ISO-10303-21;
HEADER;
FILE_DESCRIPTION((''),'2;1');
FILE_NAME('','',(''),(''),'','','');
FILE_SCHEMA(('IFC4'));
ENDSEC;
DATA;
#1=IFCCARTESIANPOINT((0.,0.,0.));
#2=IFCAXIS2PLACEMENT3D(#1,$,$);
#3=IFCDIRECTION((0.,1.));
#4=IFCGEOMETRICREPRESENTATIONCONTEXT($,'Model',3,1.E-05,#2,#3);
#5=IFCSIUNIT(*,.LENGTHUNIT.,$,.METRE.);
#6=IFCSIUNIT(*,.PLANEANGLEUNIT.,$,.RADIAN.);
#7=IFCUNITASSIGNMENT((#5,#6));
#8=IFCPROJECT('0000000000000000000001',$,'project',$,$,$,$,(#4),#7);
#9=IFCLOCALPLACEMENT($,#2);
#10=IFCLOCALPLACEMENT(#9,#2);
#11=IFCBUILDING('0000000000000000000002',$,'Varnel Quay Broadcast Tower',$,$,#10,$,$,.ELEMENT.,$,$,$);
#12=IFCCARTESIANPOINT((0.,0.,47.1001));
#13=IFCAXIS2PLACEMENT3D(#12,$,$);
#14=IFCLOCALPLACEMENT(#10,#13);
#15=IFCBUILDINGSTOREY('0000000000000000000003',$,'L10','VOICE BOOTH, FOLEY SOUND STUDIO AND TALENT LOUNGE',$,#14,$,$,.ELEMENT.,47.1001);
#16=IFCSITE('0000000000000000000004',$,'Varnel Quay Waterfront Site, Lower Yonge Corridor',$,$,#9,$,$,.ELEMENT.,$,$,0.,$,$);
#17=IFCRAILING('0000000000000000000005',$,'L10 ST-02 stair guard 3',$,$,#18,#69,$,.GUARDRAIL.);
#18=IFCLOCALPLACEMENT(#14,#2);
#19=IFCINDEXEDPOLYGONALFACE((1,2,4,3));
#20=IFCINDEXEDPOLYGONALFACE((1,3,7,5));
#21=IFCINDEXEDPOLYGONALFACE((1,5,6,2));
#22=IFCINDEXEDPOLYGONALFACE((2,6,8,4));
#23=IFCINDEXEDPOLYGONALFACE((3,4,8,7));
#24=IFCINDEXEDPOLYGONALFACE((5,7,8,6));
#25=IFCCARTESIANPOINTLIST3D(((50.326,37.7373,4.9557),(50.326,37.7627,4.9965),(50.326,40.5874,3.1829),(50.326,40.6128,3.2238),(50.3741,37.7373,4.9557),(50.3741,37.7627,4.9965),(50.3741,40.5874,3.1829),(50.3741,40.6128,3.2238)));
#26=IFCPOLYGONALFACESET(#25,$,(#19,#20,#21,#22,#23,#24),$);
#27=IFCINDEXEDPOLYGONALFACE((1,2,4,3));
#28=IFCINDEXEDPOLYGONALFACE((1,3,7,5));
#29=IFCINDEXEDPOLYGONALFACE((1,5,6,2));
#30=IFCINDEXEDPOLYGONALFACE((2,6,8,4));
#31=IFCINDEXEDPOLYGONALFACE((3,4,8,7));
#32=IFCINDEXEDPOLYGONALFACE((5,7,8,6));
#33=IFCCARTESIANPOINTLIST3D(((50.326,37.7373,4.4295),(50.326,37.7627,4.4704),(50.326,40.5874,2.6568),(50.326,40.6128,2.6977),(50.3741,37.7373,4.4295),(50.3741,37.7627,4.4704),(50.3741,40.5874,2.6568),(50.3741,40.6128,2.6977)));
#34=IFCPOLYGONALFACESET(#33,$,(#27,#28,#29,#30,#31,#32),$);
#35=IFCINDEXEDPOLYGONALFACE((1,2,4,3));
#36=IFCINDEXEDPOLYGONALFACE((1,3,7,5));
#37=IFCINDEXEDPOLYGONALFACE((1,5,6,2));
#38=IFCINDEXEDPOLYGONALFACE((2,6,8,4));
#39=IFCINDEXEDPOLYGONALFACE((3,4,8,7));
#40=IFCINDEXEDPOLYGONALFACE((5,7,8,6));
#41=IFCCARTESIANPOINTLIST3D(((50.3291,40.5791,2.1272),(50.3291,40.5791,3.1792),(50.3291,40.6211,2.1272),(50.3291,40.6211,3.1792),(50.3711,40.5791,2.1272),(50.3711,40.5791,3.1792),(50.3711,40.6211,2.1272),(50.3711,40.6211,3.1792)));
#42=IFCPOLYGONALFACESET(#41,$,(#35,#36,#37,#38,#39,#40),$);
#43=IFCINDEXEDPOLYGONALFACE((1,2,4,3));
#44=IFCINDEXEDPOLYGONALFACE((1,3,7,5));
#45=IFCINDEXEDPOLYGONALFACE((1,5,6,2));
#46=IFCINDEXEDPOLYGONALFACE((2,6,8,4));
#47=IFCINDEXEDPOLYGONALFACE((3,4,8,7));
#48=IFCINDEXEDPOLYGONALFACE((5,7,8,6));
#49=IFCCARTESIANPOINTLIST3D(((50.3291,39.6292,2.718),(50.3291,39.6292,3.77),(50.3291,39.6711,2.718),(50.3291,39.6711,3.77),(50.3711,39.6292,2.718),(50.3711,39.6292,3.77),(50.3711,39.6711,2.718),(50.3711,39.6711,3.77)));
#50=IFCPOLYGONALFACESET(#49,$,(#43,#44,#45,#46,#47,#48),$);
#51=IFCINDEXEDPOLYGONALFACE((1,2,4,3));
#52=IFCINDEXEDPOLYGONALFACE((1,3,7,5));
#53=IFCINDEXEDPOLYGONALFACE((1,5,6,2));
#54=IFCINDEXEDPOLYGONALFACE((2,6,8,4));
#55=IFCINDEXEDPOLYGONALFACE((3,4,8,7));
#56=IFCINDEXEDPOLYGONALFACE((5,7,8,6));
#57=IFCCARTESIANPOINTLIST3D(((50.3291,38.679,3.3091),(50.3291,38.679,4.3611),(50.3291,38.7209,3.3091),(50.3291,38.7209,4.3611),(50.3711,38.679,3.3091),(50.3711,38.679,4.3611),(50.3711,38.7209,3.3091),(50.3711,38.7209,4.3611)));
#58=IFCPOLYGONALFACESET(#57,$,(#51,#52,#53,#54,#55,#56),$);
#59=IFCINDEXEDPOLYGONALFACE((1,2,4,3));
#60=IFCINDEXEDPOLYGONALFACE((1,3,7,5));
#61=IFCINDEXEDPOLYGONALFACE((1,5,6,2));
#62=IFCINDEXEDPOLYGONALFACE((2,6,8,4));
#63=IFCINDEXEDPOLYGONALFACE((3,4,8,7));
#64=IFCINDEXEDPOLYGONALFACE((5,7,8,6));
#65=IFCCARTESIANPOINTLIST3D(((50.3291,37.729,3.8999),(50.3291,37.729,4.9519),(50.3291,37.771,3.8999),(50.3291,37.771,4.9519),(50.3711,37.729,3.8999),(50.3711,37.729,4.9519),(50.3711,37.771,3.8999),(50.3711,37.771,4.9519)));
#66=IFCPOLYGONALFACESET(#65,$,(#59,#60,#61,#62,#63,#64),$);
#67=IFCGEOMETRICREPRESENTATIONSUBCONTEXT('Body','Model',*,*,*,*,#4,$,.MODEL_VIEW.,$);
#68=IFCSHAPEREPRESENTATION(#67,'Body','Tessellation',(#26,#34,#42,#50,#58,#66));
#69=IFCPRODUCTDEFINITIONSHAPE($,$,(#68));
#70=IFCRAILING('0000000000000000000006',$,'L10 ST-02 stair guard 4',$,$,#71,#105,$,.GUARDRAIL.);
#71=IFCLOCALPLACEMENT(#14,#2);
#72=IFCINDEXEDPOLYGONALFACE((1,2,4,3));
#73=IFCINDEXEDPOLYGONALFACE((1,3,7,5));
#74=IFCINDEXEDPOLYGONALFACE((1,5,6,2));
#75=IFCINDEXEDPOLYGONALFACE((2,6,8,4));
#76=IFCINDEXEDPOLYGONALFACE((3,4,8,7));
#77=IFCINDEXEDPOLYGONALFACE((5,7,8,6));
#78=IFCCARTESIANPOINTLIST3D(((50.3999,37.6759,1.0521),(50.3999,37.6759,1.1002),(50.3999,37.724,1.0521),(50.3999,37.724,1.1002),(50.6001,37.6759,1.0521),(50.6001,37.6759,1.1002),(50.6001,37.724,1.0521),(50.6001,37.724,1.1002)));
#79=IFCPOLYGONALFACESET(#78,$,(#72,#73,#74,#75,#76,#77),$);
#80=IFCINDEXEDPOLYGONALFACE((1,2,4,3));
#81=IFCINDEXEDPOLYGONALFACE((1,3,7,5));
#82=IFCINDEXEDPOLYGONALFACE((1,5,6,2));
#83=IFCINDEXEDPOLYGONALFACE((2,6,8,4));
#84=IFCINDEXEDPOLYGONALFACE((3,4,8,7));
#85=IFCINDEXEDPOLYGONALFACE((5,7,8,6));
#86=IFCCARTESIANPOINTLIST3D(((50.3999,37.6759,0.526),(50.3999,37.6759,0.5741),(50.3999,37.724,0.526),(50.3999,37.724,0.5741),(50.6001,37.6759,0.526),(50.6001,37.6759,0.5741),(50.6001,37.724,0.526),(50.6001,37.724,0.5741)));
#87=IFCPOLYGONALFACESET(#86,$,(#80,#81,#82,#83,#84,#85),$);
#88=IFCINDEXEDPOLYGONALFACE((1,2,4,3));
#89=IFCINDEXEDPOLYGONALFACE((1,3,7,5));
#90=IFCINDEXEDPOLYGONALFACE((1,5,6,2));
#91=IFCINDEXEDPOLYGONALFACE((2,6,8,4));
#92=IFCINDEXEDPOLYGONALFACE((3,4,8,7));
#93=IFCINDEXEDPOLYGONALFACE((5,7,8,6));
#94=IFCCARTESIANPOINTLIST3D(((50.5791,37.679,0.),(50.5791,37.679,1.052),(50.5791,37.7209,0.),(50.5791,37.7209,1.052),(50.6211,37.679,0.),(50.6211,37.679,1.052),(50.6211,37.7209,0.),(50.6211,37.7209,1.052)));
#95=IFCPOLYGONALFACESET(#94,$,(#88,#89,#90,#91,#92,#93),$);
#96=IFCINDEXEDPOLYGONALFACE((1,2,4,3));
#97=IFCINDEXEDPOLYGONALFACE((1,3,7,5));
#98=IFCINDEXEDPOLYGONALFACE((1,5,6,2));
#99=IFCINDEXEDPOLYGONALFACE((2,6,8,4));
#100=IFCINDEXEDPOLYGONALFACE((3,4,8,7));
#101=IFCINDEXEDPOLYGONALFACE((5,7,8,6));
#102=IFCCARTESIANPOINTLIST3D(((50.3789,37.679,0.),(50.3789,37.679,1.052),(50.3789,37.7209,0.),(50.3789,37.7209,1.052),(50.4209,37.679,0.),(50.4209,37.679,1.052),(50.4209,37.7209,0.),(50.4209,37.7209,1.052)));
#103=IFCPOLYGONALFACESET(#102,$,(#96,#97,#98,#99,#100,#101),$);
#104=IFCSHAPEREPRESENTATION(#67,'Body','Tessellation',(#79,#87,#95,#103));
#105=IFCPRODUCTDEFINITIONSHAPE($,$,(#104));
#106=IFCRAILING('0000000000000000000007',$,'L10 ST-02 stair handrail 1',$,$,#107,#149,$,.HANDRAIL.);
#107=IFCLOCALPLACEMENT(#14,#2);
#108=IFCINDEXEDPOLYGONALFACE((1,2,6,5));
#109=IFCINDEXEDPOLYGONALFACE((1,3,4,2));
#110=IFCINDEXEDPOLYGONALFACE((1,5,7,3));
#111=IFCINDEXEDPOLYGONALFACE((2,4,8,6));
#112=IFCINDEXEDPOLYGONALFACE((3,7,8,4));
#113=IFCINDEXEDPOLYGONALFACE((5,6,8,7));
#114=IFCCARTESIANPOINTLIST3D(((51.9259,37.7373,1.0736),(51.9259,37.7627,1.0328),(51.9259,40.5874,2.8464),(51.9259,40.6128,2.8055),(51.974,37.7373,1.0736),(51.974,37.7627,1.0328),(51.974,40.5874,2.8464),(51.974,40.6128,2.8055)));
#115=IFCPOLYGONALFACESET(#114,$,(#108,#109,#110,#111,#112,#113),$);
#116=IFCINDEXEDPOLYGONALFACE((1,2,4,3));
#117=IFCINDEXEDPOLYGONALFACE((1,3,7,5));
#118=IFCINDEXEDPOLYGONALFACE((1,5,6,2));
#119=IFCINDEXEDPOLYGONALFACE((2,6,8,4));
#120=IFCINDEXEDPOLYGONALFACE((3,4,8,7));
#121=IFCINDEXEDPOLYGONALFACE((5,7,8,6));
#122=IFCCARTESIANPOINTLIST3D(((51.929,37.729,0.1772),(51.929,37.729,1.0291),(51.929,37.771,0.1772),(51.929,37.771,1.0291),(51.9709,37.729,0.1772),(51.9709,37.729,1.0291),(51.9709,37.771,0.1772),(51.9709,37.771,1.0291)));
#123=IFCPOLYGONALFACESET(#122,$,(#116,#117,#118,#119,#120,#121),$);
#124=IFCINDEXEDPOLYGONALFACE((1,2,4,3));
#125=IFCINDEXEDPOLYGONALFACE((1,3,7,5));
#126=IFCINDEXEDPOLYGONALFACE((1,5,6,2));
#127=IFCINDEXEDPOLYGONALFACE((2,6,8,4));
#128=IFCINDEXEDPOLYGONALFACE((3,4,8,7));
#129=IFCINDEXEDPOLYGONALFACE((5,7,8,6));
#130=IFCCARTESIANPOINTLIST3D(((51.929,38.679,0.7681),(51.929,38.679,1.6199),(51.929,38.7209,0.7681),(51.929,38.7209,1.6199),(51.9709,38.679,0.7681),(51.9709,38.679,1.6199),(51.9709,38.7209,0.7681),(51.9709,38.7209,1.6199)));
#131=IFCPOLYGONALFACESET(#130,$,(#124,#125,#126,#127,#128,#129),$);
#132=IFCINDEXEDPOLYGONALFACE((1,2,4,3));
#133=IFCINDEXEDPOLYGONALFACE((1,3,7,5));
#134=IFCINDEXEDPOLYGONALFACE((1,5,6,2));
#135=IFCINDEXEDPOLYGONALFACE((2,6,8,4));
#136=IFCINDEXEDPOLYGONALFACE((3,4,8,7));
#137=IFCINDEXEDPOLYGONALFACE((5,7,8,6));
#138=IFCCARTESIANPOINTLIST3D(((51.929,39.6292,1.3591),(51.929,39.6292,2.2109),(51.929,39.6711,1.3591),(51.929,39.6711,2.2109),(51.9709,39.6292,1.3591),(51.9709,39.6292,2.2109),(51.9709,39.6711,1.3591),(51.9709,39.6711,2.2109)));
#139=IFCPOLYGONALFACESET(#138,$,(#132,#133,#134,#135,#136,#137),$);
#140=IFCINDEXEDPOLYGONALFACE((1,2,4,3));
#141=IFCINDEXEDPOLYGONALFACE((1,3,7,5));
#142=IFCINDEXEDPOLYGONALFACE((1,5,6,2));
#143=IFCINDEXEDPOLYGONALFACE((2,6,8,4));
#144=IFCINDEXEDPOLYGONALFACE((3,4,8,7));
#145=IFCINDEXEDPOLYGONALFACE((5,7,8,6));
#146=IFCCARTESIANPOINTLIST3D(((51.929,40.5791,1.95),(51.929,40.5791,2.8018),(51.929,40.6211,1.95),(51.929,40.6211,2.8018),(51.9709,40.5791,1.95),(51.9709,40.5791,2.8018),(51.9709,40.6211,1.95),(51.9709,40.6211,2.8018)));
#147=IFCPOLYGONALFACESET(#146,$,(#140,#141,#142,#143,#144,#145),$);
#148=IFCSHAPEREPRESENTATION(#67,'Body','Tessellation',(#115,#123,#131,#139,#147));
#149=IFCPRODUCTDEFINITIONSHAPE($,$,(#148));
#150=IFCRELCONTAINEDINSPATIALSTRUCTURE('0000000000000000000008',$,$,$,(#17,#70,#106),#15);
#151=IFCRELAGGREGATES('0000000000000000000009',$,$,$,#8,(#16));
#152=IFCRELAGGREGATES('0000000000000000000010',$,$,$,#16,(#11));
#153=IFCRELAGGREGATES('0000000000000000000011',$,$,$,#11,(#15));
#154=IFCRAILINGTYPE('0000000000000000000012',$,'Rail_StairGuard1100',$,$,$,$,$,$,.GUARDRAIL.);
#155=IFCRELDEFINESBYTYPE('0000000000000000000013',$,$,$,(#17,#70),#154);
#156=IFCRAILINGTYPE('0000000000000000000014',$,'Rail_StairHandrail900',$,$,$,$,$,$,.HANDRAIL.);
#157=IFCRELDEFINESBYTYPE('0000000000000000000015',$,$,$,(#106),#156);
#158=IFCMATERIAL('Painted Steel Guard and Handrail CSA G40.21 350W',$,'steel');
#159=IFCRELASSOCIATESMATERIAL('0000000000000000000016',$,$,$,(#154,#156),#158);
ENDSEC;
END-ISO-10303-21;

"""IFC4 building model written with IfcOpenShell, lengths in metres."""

from ifc_helpers import new_model, si_unit, direction, frame, origin, origin_2d, place, context, subcontext, project, spatial, rectangle, extrude, material, type_object, element, save


model = new_model("IFC4")

# Units and contexts
model_context = context("Model", 3, precision=1e-05, world=origin(), true_north=direction((0.0, 1.0)))
body_context = subcontext(model_context, "Body", "Model", "MODEL_VIEW")
ifc_project = project(units=[si_unit("LENGTHUNIT", "METRE"), si_unit("PLANEANGLEUNIT", "RADIAN")], contexts=[model_context])

# Site, building, storey
site_placement = place(None, origin())
site = spatial("IfcSite", under=ifc_project, at=site_placement, Name="Varnel Quay Waterfront Site, Lower Yonge Corridor", CompositionType="ELEMENT", RefElevation=0.0)
building_placement = place(site_placement, origin())
building = spatial("IfcBuilding", under=site, at=building_placement, Name="Varnel Quay Broadcast Tower", CompositionType="ELEMENT")
storey_placement = place(building_placement, frame((0.0, 0.0, 47.1001)))
storey = spatial("IfcBuildingStorey", under=building, at=storey_placement, Name="L10", Description="VOICE BOOTH, FOLEY SOUND STUDIO AND TALENT LOUNGE", CompositionType="ELEMENT", Elevation=47.1001)

# Railings
ifc_material_1 = material(Name="Painted Steel Guard and Handrail CSA G40.21 350W", Category="steel")
railing_type_1 = type_object("IfcRailingType", Name="Rail_StairGuard1100", PredefinedType="GUARDRAIL", material=ifc_material_1)
railing_1_placement = place(storey_placement, frame((50.3501, 40.6001, 2.1272)))
element("IfcRailing", 1, at=railing_1_placement, inside=storey, type_object=railing_type_1, Name="L10 ST-02 stair guard 3", PredefinedType="GUARDRAIL", context=body_context, shape_type="SweptSolid", body=[
    extrude(rectangle(XDim=0.0481, YDim=0.0481, at=origin_2d()), frame((0.0, 0.0, 1.0762), z_axis=(0.0, -0.849149, 0.528154), x_axis=(1.0, 0.0, 0.0)), (0.0, 0.0, 1.0), 3.3564),
    extrude(rectangle(XDim=0.0481, YDim=0.0481, at=origin_2d()), frame((0.0, 0.0, 0.55), z_axis=(0.0, -0.849149, 0.528154), x_axis=(1.0, 0.0, 0.0)), (0.0, 0.0, 1.0), 3.3564),
    extrude(rectangle(XDim=0.042, YDim=0.042, at=origin_2d()), origin(), (0.0, 0.0, 1.0), 1.052),
    extrude(rectangle(XDim=0.042, YDim=0.042, at=origin_2d()), frame((0.0, -0.95, 0.5908)), (0.0, 0.0, 1.0), 1.052),
    extrude(rectangle(XDim=0.042, YDim=0.042, at=origin_2d()), frame((0.0, -1.9001, 1.1819)), (0.0, 0.0, 1.0), 1.052),
    extrude(rectangle(XDim=0.042, YDim=0.042, at=origin_2d()), frame((0.0, -2.8501, 1.7727)), (0.0, 0.0, 1.0), 1.052),
])
railing_2_placement = place(storey_placement, frame((50.6001, 37.7, 0.0)))
element("IfcRailing", 2, at=railing_2_placement, inside=storey, type_object=railing_type_1, Name="L10 ST-02 stair guard 4", PredefinedType="GUARDRAIL", context=body_context, shape_type="SweptSolid", body=[
    extrude(rectangle(XDim=0.0481, YDim=0.0481, at=origin_2d()), frame((0.0, 0.0, 1.0762), z_axis=(-1.0, 0.0, 0.0), x_axis=(0.0, -1.0, 0.0)), (0.0, 0.0, 1.0), 0.2002),
    extrude(rectangle(XDim=0.0481, YDim=0.0481, at=origin_2d()), frame((0.0, 0.0, 0.55), z_axis=(-1.0, 0.0, 0.0), x_axis=(0.0, -1.0, 0.0)), (0.0, 0.0, 1.0), 0.2002),
    extrude(rectangle(XDim=0.042, YDim=0.042, at=origin_2d()), origin(), (0.0, 0.0, 1.0), 1.052),
    extrude(rectangle(XDim=0.042, YDim=0.042, at=origin_2d()), frame((-0.2002, 0.0, 0.0)), (0.0, 0.0, 1.0), 1.052),
])
railing_type_2 = type_object("IfcRailingType", Name="Rail_StairHandrail900", PredefinedType="HANDRAIL", material=ifc_material_1)
railing_3_placement = place(storey_placement, frame((51.95, 37.75, 0.1772)))
element("IfcRailing", 3, at=railing_3_placement, inside=storey, type_object=railing_type_2, Name="L10 ST-02 stair handrail 1", PredefinedType="HANDRAIL", context=body_context, shape_type="SweptSolid", body=[
    extrude(rectangle(XDim=0.0481, YDim=0.0481, at=origin_2d()), frame((0.0, 0.0, 0.876), z_axis=(0.0, 0.849149, 0.528154), x_axis=(-1.0, 0.0, 0.0)), (0.0, 0.0, 1.0), 3.3564),
    extrude(rectangle(XDim=0.042, YDim=0.042, at=origin_2d()), origin(), (0.0, 0.0, 1.0), 0.8518),
    extrude(rectangle(XDim=0.042, YDim=0.042, at=origin_2d()), frame((0.0, 0.95, 0.5908)), (0.0, 0.0, 1.0), 0.8518),
    extrude(rectangle(XDim=0.042, YDim=0.042, at=origin_2d()), frame((0.0, 1.9001, 1.1819)), (0.0, 0.0, 1.0), 0.8518),
    extrude(rectangle(XDim=0.042, YDim=0.042, at=origin_2d()), frame((0.0, 2.8501, 1.7727)), (0.0, 0.0, 1.0), 0.8518),
])

save(model, "model.ifc")
